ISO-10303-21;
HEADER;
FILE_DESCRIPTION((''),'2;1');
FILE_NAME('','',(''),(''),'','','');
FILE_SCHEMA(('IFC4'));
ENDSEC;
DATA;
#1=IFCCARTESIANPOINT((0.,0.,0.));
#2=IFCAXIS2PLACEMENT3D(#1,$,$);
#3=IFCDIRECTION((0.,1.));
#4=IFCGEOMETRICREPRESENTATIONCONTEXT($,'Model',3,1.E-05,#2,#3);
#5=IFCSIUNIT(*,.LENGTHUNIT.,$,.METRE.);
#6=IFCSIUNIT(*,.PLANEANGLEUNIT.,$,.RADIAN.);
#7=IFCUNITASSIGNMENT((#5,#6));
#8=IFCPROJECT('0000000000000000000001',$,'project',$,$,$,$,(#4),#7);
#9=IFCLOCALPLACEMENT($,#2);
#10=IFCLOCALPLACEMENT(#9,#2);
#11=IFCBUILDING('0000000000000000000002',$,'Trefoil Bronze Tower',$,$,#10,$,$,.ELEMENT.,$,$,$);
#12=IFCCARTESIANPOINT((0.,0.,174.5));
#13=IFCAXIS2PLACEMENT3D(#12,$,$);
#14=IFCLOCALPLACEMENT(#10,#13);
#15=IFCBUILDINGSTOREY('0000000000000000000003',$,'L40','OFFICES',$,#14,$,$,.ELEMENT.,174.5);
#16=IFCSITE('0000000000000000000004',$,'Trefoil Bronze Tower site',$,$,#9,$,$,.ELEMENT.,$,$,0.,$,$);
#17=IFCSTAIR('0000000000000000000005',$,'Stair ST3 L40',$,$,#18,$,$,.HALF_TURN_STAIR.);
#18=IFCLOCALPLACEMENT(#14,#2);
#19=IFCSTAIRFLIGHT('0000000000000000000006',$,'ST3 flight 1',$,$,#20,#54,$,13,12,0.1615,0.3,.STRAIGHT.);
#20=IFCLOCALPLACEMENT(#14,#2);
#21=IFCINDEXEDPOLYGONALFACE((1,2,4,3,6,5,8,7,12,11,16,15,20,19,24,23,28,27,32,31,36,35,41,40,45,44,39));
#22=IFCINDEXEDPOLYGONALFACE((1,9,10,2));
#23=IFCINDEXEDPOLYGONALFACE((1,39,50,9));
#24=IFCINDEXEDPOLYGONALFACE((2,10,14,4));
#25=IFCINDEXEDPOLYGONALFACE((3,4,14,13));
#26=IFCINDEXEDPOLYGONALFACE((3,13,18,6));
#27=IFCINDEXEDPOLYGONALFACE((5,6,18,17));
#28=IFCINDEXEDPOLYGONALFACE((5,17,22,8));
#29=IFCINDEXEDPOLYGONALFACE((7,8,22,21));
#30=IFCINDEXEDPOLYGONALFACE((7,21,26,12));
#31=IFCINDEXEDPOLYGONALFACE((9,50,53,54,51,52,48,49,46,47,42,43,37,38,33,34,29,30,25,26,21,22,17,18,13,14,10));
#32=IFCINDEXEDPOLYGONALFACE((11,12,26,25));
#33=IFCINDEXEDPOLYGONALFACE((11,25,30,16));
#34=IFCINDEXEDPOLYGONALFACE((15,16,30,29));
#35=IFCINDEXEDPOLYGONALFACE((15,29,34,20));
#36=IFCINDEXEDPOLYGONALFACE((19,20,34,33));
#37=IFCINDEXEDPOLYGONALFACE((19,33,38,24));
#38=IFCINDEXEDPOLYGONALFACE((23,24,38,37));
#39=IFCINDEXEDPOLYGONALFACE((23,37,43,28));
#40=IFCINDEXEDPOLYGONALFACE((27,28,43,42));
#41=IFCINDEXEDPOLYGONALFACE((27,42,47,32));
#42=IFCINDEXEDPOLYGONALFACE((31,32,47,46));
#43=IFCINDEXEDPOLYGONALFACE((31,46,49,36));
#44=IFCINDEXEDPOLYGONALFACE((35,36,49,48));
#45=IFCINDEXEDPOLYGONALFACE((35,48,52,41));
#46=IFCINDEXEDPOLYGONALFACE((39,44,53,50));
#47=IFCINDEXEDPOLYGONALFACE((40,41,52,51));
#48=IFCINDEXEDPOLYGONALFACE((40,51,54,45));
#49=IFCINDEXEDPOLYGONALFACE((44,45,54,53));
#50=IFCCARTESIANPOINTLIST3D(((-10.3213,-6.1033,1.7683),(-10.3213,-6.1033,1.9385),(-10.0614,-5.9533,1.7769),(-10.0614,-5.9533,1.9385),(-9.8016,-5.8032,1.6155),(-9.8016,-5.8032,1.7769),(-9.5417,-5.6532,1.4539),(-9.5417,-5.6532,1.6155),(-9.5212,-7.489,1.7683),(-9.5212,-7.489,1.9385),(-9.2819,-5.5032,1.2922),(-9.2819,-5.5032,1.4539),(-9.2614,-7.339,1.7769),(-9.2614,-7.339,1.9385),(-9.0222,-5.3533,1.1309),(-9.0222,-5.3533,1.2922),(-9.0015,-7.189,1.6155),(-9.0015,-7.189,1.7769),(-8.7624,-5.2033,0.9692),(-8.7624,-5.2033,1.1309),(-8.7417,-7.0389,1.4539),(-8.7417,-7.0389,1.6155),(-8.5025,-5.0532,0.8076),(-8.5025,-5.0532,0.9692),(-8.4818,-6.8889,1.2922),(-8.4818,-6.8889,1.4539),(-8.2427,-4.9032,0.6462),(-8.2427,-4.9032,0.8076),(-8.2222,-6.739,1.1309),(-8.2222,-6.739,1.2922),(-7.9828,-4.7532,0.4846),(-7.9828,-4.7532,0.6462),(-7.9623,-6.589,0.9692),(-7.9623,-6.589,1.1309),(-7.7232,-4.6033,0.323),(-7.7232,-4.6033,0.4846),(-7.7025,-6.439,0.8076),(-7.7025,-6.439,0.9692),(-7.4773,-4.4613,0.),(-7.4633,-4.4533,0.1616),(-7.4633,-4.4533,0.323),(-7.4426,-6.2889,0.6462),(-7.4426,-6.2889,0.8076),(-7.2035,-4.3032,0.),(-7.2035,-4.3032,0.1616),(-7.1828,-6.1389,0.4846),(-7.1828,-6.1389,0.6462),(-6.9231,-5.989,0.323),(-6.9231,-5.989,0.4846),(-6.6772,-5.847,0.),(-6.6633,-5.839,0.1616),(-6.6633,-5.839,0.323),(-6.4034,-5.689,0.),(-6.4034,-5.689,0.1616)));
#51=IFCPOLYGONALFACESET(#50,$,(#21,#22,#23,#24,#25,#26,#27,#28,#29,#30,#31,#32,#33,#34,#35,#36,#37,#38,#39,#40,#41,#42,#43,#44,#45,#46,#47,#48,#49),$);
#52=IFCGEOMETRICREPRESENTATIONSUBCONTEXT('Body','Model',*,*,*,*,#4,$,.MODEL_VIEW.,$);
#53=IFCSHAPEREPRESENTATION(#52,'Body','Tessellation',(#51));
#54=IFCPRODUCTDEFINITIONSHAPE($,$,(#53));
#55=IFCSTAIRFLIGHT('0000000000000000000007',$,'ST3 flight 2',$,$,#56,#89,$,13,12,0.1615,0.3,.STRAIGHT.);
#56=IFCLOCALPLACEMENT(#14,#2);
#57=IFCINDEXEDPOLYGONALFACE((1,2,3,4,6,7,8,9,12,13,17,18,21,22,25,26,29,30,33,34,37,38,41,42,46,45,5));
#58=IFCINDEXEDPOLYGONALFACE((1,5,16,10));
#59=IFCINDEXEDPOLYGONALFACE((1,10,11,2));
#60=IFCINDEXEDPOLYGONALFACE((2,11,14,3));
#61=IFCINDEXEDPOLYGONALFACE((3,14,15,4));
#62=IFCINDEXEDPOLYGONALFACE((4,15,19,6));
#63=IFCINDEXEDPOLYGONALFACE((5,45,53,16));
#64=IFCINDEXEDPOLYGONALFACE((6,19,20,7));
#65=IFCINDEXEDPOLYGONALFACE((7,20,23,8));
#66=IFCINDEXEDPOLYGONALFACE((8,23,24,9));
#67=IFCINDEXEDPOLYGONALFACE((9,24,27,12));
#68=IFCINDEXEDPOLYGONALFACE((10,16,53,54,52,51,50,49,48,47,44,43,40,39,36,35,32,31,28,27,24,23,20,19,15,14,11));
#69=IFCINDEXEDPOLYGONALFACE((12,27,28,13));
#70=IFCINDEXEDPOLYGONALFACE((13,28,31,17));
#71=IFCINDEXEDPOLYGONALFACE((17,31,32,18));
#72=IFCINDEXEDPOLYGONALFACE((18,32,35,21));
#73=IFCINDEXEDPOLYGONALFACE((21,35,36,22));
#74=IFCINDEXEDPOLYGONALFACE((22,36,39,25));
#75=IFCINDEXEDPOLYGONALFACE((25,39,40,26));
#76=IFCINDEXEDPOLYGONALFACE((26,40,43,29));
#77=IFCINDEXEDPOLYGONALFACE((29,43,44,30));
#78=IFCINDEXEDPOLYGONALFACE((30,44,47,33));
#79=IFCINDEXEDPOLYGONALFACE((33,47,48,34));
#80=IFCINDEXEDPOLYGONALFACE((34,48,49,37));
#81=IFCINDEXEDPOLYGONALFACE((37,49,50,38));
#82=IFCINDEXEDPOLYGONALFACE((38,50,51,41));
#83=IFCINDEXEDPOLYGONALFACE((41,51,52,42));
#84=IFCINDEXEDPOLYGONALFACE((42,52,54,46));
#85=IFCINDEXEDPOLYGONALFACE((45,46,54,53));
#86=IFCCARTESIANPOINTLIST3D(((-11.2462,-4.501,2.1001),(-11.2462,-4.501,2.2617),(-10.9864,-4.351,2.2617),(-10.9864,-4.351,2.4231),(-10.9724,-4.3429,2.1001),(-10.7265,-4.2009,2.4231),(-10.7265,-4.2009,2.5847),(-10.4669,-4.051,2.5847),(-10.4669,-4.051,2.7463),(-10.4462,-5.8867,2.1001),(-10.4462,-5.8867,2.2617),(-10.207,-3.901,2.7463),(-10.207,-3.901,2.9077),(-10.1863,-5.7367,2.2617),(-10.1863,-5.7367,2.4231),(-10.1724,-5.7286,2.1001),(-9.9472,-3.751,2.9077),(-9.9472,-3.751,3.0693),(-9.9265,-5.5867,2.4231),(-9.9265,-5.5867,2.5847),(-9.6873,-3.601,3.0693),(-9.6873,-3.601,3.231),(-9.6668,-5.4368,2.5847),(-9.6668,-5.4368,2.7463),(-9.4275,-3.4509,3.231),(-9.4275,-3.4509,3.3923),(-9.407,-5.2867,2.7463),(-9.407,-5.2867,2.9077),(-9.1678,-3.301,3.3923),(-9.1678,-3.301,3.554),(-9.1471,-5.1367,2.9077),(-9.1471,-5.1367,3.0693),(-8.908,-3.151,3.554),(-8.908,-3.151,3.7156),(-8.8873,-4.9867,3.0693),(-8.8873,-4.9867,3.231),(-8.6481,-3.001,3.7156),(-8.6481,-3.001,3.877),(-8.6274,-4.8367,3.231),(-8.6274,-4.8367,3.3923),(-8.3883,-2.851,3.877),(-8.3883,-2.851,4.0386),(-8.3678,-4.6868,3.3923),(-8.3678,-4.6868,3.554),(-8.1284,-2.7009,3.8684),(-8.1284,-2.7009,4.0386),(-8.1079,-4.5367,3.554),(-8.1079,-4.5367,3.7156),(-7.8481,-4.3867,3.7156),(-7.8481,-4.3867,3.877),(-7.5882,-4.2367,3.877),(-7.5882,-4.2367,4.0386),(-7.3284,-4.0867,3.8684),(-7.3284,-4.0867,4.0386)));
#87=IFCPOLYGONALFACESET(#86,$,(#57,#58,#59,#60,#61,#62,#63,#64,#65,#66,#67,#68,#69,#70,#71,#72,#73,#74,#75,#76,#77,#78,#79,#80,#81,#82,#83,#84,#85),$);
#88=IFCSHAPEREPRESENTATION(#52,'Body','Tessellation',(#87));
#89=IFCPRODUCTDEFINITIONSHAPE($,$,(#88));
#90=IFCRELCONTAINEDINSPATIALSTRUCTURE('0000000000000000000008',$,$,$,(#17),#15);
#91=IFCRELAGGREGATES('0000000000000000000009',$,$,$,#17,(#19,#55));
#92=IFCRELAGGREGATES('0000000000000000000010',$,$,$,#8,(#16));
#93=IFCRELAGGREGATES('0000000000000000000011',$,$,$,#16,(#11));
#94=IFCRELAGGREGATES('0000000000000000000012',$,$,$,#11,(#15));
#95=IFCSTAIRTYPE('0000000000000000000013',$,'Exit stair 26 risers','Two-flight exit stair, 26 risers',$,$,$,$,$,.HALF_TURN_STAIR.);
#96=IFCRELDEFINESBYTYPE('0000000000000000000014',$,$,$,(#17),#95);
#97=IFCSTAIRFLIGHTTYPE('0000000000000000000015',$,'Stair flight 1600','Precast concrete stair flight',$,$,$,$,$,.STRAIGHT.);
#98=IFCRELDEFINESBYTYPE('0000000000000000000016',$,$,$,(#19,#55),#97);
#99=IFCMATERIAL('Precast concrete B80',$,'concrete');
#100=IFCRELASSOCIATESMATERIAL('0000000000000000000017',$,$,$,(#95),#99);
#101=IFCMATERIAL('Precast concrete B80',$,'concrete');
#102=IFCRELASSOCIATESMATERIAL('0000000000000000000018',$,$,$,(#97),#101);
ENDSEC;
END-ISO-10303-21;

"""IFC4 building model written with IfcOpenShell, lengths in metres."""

from ifc_helpers import new_model, si_unit, direction, frame, origin, place, context, subcontext, project, spatial, polyline, outline, extrude, material, type_object, element, aggregate, save


model = new_model("IFC4")

# Units and contexts
model_context = context("Model", 3, precision=1e-05, world=origin(), true_north=direction((0.0, 1.0)))
body_context = subcontext(model_context, "Body", "Model", "MODEL_VIEW")
ifc_project = project(units=[si_unit("LENGTHUNIT", "METRE"), si_unit("PLANEANGLEUNIT", "RADIAN")], contexts=[model_context])

# Site, building, storey
site_placement = place(None, origin())
site = spatial("IfcSite", under=ifc_project, at=site_placement, Name="Trefoil Bronze Tower site", CompositionType="ELEMENT", RefElevation=0.0)
building_placement = place(site_placement, origin())
building = spatial("IfcBuilding", under=site, at=building_placement, Name="Trefoil Bronze Tower", CompositionType="ELEMENT")
storey_placement = place(building_placement, frame((0.0, 0.0, 174.5)))
storey = spatial("IfcBuildingStorey", under=building, at=storey_placement, Name="L40", Description="OFFICES", CompositionType="ELEMENT", Elevation=174.5)

# Stair, stair flights
ifc_material_1 = material(Name="Precast concrete B80", Category="concrete")
stair_type = type_object("IfcStairType", Name="Exit stair 26 risers", Description="Two-flight exit stair, 26 risers", PredefinedType="HALF_TURN_STAIR", material=ifc_material_1)
stair_placement = place(storey_placement, origin())
stair = element("IfcStair", 1, at=stair_placement, inside=storey, type_object=stair_type, Name="Stair ST3 L40", PredefinedType="HALF_TURN_STAIR")
ifc_material_2 = material(Name="Precast concrete B80", Category="concrete")
stair_flight_type = type_object("IfcStairFlightType", Name="Stair flight 1600", Description="Precast concrete stair flight", PredefinedType="STRAIGHT", material=ifc_material_2)
stair_flight_1_placement = place(storey_placement, frame((-6.8035, -4.9961, 0.0), z_axis=(0.0, 0.0, 1.0), x_axis=(-0.866025, -0.5, 0.0)))
stair_flight_1 = element("IfcStairFlight", 2, at=stair_flight_1_placement, type_object=stair_flight_type, Name="ST3 flight 1", NumberOfRisers=13, NumberOfTreads=12, PredefinedType="STRAIGHT", RiserHeight=0.1615, TreadLength=0.3, context=body_context, shape_type="SweptSolid", body=[
    extrude(outline(polyline([(0.0, 0.0), (0.0, 0.1616), (0.3, 0.1616), (0.3, 0.323), (0.6001, 0.323), (0.6001, 0.4846), (0.8999, 0.4846), (0.8999, 0.6462), (1.2, 0.6462), (1.2, 0.8076), (1.5, 0.8076), (1.5, 0.9692), (1.8, 0.9692), (1.8, 1.1309), (2.1001, 1.1309), (2.1001, 1.2922), (2.3999, 1.2922), (2.3999, 1.4539), (2.7, 1.4539), (2.7, 1.6155), (3.0, 1.6155), (3.0, 1.7769), (3.3, 1.7769), (3.3, 1.9385), (3.6001, 1.9385), (3.6001, 2.1001), (3.6001, 1.7683), (0.3162, 0.0), (0.0, 0.0)])), frame((0.0, 0.8, 0.0), z_axis=(0.0, -1.0, 0.0), x_axis=(1.0, 0.0, 0.0)), (0.0, 0.0, 1.0), 1.6001),
])
stair_flight_2_placement = place(storey_placement, frame((-10.8462, -5.1938, 2.1001), z_axis=(0.0, 0.0, 1.0), x_axis=(0.866025, 0.5, 0.0)))
stair_flight_2 = element("IfcStairFlight", 3, at=stair_flight_2_placement, type_object=stair_flight_type, Name="ST3 flight 2", NumberOfRisers=13, NumberOfTreads=12, PredefinedType="STRAIGHT", RiserHeight=0.1615, TreadLength=0.3, context=body_context, shape_type="SweptSolid", body=[
    extrude(outline(polyline([(0.0, 0.0), (0.0, 0.1616), (0.3, 0.1616), (0.3, 0.323), (0.6001, 0.323), (0.6001, 0.4846), (0.8999, 0.4846), (0.8999, 0.6462), (1.2, 0.6462), (1.2, 0.8076), (1.5, 0.8076), (1.5, 0.9692), (1.8, 0.9692), (1.8, 1.1309), (2.1001, 1.1309), (2.1001, 1.2922), (2.3999, 1.2922), (2.3999, 1.4539), (2.7, 1.4539), (2.7, 1.6155), (3.0, 1.6155), (3.0, 1.7769), (3.3, 1.7769), (3.3, 1.9385), (3.6001, 1.9385), (3.6001, 2.1001), (3.6001, 1.7683), (0.3162, 0.0), (0.0, 0.0)])), frame((0.0, 0.8, 0.0), z_axis=(0.0, -1.0, 0.0), x_axis=(1.0, 0.0, 0.0)), (0.0, 0.0, 1.0), 1.6001),
])
aggregate(stair, [stair_flight_1, stair_flight_2])

save(model, "model.ifc")
